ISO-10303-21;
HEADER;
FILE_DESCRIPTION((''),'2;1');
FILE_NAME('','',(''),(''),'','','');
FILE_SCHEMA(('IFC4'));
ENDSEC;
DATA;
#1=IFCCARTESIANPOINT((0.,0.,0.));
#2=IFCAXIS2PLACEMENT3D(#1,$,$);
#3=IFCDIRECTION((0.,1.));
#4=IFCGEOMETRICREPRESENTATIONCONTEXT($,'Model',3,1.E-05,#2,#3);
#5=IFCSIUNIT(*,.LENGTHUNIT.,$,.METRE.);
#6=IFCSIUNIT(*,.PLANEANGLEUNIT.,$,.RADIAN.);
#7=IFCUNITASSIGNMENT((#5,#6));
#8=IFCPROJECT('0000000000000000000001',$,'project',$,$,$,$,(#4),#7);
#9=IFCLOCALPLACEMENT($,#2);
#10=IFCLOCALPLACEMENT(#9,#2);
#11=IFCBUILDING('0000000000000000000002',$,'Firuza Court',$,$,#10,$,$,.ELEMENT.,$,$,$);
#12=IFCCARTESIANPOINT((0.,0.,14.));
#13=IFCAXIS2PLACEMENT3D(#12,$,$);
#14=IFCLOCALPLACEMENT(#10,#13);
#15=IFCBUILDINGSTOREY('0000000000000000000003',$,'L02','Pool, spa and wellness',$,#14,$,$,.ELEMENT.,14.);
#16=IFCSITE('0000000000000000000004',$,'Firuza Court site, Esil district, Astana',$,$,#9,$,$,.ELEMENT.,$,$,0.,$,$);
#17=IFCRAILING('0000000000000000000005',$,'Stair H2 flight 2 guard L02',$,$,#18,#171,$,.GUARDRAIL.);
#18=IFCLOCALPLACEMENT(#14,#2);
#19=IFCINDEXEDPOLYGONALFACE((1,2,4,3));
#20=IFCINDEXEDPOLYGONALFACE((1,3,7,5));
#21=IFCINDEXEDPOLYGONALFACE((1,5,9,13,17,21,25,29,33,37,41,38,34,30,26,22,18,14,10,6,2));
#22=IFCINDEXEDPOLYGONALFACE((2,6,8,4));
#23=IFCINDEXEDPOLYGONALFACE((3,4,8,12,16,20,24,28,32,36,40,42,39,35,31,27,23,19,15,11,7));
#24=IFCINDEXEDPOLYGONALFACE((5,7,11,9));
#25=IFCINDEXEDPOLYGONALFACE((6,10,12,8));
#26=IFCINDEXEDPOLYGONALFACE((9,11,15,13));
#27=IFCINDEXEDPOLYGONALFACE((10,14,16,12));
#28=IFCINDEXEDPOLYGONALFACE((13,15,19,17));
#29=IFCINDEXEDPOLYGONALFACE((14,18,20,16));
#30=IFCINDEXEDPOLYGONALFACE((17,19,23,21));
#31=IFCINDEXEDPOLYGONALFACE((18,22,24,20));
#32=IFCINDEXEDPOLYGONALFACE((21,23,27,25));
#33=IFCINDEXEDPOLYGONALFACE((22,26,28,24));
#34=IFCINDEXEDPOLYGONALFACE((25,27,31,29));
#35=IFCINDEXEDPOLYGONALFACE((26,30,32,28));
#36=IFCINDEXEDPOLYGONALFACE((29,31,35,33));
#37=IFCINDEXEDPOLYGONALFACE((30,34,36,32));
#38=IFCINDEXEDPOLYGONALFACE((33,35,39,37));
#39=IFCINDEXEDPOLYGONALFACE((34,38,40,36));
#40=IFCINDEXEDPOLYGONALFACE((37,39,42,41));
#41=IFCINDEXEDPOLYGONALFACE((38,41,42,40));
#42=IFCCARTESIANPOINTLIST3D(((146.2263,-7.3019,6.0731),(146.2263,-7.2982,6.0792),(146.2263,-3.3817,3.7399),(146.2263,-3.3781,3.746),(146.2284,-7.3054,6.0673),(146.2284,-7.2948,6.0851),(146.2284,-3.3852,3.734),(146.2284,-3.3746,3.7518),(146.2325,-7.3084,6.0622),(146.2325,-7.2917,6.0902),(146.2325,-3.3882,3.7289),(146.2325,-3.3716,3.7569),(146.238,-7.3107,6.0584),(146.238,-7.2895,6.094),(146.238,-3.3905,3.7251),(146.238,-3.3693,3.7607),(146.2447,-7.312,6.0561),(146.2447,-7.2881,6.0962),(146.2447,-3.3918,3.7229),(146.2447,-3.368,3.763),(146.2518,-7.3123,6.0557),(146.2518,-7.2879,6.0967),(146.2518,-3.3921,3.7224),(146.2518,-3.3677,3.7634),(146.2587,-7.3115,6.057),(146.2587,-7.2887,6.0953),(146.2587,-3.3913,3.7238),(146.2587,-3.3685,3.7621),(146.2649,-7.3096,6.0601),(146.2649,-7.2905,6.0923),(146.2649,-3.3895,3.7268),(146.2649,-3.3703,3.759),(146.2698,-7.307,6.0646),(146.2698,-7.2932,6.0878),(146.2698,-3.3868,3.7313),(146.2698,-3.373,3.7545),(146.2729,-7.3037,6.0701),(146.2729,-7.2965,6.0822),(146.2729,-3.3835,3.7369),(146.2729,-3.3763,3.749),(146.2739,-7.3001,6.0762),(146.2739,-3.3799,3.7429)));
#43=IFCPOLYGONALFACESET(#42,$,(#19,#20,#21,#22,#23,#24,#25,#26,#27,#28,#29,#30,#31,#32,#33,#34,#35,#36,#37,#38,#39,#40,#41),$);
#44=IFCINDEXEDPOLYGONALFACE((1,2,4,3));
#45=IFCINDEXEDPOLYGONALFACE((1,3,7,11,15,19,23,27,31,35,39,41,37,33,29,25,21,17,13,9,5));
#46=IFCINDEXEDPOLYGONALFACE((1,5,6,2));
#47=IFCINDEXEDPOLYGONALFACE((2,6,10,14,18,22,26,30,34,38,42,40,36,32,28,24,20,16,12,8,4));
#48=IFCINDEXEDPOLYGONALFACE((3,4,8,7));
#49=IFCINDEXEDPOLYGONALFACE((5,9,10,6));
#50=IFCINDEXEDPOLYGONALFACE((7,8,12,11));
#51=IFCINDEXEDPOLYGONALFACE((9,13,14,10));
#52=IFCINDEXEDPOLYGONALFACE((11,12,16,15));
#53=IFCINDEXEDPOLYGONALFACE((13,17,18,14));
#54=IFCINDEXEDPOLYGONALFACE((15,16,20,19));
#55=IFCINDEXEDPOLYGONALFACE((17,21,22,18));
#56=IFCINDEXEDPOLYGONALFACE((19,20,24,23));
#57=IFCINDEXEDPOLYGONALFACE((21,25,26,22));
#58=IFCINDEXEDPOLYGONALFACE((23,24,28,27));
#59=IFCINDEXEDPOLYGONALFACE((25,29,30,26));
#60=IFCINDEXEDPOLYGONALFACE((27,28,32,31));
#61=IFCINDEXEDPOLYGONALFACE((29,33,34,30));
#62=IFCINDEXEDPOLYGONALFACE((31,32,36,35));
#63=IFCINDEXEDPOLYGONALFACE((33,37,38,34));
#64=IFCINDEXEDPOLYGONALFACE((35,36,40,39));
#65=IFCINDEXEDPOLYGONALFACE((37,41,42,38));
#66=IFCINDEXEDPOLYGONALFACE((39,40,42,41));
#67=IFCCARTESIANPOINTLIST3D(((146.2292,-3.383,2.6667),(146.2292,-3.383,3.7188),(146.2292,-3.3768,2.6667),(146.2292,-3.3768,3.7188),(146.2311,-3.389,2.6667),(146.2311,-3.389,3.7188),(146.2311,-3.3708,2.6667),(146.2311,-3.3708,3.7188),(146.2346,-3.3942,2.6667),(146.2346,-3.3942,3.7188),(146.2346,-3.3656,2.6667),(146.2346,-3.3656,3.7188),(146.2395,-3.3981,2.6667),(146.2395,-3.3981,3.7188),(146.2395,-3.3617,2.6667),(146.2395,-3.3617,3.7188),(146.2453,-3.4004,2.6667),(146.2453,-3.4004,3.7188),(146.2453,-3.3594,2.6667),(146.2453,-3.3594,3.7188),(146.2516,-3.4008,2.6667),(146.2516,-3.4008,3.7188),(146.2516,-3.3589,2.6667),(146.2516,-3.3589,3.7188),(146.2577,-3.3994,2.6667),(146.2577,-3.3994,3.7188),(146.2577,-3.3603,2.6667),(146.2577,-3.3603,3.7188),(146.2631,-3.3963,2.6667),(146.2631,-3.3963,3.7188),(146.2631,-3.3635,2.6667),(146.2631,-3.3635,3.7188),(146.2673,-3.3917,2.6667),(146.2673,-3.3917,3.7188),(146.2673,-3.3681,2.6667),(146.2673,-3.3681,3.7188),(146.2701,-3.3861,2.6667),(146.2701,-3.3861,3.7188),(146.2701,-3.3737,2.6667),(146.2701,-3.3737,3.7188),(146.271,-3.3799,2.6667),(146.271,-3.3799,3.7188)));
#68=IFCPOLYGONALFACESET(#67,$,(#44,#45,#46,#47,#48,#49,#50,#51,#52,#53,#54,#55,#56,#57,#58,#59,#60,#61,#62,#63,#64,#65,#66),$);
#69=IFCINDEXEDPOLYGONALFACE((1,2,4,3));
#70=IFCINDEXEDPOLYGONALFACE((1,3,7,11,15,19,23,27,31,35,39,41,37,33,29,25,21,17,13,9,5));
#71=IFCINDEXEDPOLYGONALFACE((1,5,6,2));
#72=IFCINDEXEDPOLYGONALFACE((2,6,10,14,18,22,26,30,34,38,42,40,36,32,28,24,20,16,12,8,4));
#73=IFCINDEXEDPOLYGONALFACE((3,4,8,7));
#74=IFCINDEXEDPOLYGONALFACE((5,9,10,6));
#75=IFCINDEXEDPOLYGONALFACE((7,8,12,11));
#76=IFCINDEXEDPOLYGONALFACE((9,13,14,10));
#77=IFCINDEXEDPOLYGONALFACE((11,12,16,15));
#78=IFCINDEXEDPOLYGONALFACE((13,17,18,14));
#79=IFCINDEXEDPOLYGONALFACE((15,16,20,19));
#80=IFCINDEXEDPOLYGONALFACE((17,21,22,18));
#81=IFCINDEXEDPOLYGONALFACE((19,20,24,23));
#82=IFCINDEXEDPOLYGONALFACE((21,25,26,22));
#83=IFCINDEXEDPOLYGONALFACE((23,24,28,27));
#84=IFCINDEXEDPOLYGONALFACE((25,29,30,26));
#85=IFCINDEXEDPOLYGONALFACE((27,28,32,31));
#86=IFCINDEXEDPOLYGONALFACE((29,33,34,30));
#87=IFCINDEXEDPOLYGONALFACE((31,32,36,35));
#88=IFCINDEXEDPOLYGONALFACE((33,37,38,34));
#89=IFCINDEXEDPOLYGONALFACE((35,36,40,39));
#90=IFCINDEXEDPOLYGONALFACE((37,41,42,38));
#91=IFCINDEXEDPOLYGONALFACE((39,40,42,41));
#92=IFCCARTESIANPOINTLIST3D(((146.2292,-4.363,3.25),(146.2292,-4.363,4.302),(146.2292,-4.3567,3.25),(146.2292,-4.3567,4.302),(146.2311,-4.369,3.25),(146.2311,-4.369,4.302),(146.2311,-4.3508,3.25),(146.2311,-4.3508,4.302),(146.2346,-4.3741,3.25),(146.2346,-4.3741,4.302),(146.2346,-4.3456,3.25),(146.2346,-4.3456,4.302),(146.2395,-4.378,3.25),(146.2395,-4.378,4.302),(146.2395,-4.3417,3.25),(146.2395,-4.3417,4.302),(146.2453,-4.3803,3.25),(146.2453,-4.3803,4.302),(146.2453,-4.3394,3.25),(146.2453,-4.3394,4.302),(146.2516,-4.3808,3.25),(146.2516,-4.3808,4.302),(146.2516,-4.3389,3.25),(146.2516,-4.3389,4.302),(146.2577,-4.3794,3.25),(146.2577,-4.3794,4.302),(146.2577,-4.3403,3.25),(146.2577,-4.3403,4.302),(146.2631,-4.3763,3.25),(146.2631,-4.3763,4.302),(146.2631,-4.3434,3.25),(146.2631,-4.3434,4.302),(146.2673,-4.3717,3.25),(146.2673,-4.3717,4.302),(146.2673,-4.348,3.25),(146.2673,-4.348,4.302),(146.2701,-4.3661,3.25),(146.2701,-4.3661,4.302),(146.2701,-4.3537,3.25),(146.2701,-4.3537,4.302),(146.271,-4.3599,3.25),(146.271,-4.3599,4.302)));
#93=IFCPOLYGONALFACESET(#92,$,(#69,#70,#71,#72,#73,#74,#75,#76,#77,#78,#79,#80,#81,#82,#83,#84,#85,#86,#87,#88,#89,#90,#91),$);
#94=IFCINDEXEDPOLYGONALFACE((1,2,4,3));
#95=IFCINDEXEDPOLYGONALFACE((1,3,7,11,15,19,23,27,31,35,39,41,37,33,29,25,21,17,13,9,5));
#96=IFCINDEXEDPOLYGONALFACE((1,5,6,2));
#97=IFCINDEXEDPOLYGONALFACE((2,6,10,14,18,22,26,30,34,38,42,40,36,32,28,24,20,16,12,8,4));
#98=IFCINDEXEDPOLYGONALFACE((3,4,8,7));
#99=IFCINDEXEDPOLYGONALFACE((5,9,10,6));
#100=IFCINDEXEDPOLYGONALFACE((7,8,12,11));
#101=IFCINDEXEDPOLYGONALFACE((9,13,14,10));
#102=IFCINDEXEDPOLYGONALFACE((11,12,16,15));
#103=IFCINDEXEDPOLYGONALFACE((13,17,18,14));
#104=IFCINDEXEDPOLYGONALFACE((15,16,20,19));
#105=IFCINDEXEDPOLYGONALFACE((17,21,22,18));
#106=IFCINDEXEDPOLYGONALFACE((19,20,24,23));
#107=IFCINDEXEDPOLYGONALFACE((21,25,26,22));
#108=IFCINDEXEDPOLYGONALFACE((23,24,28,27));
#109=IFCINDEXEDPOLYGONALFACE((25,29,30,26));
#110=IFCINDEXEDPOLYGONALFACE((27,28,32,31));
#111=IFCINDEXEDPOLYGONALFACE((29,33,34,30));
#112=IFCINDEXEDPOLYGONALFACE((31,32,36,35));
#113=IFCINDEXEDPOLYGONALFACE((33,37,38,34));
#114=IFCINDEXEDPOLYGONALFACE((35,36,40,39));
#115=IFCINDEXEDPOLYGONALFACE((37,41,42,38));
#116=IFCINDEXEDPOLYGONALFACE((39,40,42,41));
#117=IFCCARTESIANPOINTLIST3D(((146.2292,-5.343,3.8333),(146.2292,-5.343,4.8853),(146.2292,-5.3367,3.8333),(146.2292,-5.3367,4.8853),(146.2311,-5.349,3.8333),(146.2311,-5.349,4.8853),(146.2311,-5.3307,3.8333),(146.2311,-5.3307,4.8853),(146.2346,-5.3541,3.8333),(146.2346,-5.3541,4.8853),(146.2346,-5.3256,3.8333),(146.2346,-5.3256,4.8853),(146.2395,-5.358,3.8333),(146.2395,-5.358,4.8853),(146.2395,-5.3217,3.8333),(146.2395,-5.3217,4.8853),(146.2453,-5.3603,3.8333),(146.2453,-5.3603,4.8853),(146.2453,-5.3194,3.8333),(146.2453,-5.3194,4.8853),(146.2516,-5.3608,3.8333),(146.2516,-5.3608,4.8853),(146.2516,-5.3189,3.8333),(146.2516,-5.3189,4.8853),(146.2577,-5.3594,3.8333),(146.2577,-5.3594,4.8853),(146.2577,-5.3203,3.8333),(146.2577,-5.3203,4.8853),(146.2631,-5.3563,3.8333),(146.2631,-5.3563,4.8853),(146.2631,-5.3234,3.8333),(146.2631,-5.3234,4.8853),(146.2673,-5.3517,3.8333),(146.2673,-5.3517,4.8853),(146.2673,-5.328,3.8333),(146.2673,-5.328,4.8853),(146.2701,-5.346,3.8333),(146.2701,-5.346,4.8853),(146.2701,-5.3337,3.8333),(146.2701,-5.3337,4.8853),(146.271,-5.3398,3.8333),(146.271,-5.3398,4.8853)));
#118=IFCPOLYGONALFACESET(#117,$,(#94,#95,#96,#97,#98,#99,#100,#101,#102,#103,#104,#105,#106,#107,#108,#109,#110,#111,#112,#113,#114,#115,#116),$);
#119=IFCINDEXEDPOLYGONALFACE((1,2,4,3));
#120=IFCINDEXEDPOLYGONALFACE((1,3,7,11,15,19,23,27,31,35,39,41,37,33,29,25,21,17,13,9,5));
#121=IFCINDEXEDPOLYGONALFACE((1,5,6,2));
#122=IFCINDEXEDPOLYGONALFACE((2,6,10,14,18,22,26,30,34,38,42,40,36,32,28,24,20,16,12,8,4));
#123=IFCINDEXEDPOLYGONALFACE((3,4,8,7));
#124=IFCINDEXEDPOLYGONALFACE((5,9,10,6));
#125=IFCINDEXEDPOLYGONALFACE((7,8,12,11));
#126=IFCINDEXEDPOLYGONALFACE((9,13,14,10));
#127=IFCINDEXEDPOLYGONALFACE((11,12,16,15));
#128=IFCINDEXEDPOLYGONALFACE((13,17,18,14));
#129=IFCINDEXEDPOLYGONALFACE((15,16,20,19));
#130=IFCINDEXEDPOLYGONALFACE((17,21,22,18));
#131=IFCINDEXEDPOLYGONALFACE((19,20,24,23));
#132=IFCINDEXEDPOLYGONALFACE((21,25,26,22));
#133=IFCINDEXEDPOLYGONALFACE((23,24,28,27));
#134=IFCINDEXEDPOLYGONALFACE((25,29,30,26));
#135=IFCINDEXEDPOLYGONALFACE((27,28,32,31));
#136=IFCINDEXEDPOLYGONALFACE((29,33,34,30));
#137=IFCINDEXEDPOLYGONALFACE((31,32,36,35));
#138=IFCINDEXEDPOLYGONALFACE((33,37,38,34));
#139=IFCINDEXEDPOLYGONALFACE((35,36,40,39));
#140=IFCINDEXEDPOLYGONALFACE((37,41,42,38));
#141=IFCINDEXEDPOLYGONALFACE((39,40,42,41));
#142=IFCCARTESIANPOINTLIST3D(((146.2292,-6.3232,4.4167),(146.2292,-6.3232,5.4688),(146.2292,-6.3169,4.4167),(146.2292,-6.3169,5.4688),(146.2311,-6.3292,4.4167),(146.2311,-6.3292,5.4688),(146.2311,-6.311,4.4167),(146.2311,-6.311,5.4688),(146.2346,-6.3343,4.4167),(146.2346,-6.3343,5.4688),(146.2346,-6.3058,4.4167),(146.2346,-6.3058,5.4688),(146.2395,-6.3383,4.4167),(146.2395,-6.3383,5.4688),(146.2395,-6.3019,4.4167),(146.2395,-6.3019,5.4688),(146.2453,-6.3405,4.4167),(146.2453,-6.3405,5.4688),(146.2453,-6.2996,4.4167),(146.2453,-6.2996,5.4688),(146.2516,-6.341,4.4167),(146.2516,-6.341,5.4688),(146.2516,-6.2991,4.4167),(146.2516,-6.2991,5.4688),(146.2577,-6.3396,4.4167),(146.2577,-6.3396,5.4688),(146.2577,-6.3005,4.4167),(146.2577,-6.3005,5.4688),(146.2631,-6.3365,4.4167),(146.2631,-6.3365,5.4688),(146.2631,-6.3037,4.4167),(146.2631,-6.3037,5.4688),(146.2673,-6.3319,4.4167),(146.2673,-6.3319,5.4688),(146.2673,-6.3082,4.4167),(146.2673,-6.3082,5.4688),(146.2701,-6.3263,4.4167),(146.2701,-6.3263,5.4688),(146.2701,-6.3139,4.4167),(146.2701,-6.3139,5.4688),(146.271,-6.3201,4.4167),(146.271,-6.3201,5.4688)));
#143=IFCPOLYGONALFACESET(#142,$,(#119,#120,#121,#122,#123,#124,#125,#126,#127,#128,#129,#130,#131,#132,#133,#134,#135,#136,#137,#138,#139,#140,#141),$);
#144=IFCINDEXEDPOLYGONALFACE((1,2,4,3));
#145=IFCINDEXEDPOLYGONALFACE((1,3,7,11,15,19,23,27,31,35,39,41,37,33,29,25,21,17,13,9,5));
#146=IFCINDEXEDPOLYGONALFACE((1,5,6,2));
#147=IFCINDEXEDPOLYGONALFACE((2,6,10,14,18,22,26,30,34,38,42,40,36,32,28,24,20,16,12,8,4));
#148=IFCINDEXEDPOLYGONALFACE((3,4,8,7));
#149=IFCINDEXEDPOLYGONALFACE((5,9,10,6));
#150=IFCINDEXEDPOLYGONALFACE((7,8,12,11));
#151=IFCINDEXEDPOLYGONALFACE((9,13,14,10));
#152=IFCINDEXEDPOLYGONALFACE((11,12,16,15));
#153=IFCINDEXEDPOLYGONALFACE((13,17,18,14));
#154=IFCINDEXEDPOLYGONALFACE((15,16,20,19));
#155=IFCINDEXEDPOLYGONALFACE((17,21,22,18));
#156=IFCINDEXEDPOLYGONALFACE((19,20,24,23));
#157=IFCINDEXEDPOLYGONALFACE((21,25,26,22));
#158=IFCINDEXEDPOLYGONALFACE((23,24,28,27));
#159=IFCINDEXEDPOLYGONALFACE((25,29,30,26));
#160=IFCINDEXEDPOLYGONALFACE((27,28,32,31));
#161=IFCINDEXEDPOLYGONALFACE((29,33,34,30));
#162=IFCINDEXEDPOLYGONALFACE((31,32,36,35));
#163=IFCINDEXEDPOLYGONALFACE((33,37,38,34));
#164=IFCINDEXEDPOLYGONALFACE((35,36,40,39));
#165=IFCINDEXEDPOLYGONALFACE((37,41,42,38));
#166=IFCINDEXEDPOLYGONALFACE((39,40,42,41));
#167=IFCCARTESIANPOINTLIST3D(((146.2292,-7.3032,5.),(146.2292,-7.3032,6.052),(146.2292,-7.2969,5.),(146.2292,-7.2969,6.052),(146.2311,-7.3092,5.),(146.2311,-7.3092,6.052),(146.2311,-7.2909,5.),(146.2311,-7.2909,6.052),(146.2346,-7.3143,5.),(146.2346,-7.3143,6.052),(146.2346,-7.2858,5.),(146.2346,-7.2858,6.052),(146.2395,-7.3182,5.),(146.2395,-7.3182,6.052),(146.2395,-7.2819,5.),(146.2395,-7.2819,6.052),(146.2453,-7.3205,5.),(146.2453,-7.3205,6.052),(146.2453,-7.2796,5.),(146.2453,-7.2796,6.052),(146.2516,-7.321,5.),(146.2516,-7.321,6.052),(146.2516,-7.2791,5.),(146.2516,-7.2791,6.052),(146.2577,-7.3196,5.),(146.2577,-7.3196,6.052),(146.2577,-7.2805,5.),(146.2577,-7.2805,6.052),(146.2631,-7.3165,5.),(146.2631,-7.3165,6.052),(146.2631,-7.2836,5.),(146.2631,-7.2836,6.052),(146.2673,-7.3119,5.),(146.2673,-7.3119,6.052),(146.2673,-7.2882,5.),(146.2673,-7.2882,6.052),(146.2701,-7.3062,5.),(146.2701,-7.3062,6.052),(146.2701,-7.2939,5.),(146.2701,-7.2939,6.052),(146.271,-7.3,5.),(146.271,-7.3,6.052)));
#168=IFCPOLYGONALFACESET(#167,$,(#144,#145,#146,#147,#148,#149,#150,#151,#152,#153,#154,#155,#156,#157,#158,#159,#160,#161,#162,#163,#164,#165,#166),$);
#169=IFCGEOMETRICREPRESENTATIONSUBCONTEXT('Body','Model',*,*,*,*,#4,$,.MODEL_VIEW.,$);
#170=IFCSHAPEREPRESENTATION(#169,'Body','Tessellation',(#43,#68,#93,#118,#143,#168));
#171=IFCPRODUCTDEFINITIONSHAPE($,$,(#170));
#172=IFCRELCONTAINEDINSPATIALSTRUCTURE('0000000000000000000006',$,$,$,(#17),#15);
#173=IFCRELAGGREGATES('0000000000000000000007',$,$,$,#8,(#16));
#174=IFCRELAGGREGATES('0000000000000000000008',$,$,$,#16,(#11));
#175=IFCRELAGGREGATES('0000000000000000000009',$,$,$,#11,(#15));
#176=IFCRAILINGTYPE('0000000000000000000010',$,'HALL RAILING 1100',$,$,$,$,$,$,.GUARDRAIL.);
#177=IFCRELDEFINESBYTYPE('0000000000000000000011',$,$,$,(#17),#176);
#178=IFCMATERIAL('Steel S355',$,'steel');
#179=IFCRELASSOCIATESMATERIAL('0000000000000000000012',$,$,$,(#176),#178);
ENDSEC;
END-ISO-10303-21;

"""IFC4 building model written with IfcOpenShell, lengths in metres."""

from ifc_helpers import new_model, si_unit, direction, frame, origin, origin_2d, place, context, subcontext, project, spatial, circle, extrude, material, type_object, element, save


model = new_model("IFC4")

# Units and contexts
model_context = context("Model", 3, precision=1e-05, world=origin(), true_north=direction((0.0, 1.0)))
body_context = subcontext(model_context, "Body", "Model", "MODEL_VIEW")
ifc_project = project(units=[si_unit("LENGTHUNIT", "METRE"), si_unit("PLANEANGLEUNIT", "RADIAN")], contexts=[model_context])

# Site, building, storey
site_placement = place(None, origin())
site = spatial("IfcSite", under=ifc_project, at=site_placement, Name="Firuza Court site, Esil district, Astana", CompositionType="ELEMENT", RefElevation=0.0)
building_placement = place(site_placement, origin())
building = spatial("IfcBuilding", under=site, at=building_placement, Name="Firuza Court", CompositionType="ELEMENT")
storey_placement = place(building_placement, frame((0.0, 0.0, 14.0)))
storey = spatial("IfcBuildingStorey", under=building, at=storey_placement, Name="L02", Description="Pool, spa and wellness", CompositionType="ELEMENT", Elevation=14.0)

# Railing
ifc_material_1 = material(Name="Steel S355", Category="steel")
railing_type_1 = type_object("IfcRailingType", Name="HALL RAILING 1100", PredefinedType="GUARDRAIL", material=ifc_material_1)
railing_1_placement = place(storey_placement, frame((146.25, -3.3799, 2.6667)))
element("IfcRailing", 1, at=railing_1_placement, inside=storey, type_object=railing_type_1, Name="Stair H2 flight 2 guard L02", PredefinedType="GUARDRAIL", context=body_context, shape_type="SweptSolid", body=[
    extrude(circle(Radius=0.0239, at=origin_2d()), frame((0.0, 0.0, 1.0762), z_axis=(0.0, -0.85931, 0.511455), x_axis=(1.0, 0.0, 0.0)), (0.0, 0.0, 1.0), 4.562),
    extrude(circle(Radius=0.021, at=origin_2d()), origin(), (0.0, 0.0, 1.0), 1.052),
    extrude(circle(Radius=0.021, at=origin_2d()), frame((0.0, -0.98, 0.5833)), (0.0, 0.0, 1.0), 1.052),
    extrude(circle(Radius=0.021, at=origin_2d()), frame((0.0, -1.96, 1.1665)), (0.0, 0.0, 1.0), 1.052),
    extrude(circle(Radius=0.021, at=origin_2d()), frame((0.0, -2.9402, 1.75)), (0.0, 0.0, 1.0), 1.052),
    extrude(circle(Radius=0.021, at=origin_2d()), frame((0.0, -3.9202, 2.3333)), (0.0, 0.0, 1.0), 1.052),
])

save(model, "model.ifc")
